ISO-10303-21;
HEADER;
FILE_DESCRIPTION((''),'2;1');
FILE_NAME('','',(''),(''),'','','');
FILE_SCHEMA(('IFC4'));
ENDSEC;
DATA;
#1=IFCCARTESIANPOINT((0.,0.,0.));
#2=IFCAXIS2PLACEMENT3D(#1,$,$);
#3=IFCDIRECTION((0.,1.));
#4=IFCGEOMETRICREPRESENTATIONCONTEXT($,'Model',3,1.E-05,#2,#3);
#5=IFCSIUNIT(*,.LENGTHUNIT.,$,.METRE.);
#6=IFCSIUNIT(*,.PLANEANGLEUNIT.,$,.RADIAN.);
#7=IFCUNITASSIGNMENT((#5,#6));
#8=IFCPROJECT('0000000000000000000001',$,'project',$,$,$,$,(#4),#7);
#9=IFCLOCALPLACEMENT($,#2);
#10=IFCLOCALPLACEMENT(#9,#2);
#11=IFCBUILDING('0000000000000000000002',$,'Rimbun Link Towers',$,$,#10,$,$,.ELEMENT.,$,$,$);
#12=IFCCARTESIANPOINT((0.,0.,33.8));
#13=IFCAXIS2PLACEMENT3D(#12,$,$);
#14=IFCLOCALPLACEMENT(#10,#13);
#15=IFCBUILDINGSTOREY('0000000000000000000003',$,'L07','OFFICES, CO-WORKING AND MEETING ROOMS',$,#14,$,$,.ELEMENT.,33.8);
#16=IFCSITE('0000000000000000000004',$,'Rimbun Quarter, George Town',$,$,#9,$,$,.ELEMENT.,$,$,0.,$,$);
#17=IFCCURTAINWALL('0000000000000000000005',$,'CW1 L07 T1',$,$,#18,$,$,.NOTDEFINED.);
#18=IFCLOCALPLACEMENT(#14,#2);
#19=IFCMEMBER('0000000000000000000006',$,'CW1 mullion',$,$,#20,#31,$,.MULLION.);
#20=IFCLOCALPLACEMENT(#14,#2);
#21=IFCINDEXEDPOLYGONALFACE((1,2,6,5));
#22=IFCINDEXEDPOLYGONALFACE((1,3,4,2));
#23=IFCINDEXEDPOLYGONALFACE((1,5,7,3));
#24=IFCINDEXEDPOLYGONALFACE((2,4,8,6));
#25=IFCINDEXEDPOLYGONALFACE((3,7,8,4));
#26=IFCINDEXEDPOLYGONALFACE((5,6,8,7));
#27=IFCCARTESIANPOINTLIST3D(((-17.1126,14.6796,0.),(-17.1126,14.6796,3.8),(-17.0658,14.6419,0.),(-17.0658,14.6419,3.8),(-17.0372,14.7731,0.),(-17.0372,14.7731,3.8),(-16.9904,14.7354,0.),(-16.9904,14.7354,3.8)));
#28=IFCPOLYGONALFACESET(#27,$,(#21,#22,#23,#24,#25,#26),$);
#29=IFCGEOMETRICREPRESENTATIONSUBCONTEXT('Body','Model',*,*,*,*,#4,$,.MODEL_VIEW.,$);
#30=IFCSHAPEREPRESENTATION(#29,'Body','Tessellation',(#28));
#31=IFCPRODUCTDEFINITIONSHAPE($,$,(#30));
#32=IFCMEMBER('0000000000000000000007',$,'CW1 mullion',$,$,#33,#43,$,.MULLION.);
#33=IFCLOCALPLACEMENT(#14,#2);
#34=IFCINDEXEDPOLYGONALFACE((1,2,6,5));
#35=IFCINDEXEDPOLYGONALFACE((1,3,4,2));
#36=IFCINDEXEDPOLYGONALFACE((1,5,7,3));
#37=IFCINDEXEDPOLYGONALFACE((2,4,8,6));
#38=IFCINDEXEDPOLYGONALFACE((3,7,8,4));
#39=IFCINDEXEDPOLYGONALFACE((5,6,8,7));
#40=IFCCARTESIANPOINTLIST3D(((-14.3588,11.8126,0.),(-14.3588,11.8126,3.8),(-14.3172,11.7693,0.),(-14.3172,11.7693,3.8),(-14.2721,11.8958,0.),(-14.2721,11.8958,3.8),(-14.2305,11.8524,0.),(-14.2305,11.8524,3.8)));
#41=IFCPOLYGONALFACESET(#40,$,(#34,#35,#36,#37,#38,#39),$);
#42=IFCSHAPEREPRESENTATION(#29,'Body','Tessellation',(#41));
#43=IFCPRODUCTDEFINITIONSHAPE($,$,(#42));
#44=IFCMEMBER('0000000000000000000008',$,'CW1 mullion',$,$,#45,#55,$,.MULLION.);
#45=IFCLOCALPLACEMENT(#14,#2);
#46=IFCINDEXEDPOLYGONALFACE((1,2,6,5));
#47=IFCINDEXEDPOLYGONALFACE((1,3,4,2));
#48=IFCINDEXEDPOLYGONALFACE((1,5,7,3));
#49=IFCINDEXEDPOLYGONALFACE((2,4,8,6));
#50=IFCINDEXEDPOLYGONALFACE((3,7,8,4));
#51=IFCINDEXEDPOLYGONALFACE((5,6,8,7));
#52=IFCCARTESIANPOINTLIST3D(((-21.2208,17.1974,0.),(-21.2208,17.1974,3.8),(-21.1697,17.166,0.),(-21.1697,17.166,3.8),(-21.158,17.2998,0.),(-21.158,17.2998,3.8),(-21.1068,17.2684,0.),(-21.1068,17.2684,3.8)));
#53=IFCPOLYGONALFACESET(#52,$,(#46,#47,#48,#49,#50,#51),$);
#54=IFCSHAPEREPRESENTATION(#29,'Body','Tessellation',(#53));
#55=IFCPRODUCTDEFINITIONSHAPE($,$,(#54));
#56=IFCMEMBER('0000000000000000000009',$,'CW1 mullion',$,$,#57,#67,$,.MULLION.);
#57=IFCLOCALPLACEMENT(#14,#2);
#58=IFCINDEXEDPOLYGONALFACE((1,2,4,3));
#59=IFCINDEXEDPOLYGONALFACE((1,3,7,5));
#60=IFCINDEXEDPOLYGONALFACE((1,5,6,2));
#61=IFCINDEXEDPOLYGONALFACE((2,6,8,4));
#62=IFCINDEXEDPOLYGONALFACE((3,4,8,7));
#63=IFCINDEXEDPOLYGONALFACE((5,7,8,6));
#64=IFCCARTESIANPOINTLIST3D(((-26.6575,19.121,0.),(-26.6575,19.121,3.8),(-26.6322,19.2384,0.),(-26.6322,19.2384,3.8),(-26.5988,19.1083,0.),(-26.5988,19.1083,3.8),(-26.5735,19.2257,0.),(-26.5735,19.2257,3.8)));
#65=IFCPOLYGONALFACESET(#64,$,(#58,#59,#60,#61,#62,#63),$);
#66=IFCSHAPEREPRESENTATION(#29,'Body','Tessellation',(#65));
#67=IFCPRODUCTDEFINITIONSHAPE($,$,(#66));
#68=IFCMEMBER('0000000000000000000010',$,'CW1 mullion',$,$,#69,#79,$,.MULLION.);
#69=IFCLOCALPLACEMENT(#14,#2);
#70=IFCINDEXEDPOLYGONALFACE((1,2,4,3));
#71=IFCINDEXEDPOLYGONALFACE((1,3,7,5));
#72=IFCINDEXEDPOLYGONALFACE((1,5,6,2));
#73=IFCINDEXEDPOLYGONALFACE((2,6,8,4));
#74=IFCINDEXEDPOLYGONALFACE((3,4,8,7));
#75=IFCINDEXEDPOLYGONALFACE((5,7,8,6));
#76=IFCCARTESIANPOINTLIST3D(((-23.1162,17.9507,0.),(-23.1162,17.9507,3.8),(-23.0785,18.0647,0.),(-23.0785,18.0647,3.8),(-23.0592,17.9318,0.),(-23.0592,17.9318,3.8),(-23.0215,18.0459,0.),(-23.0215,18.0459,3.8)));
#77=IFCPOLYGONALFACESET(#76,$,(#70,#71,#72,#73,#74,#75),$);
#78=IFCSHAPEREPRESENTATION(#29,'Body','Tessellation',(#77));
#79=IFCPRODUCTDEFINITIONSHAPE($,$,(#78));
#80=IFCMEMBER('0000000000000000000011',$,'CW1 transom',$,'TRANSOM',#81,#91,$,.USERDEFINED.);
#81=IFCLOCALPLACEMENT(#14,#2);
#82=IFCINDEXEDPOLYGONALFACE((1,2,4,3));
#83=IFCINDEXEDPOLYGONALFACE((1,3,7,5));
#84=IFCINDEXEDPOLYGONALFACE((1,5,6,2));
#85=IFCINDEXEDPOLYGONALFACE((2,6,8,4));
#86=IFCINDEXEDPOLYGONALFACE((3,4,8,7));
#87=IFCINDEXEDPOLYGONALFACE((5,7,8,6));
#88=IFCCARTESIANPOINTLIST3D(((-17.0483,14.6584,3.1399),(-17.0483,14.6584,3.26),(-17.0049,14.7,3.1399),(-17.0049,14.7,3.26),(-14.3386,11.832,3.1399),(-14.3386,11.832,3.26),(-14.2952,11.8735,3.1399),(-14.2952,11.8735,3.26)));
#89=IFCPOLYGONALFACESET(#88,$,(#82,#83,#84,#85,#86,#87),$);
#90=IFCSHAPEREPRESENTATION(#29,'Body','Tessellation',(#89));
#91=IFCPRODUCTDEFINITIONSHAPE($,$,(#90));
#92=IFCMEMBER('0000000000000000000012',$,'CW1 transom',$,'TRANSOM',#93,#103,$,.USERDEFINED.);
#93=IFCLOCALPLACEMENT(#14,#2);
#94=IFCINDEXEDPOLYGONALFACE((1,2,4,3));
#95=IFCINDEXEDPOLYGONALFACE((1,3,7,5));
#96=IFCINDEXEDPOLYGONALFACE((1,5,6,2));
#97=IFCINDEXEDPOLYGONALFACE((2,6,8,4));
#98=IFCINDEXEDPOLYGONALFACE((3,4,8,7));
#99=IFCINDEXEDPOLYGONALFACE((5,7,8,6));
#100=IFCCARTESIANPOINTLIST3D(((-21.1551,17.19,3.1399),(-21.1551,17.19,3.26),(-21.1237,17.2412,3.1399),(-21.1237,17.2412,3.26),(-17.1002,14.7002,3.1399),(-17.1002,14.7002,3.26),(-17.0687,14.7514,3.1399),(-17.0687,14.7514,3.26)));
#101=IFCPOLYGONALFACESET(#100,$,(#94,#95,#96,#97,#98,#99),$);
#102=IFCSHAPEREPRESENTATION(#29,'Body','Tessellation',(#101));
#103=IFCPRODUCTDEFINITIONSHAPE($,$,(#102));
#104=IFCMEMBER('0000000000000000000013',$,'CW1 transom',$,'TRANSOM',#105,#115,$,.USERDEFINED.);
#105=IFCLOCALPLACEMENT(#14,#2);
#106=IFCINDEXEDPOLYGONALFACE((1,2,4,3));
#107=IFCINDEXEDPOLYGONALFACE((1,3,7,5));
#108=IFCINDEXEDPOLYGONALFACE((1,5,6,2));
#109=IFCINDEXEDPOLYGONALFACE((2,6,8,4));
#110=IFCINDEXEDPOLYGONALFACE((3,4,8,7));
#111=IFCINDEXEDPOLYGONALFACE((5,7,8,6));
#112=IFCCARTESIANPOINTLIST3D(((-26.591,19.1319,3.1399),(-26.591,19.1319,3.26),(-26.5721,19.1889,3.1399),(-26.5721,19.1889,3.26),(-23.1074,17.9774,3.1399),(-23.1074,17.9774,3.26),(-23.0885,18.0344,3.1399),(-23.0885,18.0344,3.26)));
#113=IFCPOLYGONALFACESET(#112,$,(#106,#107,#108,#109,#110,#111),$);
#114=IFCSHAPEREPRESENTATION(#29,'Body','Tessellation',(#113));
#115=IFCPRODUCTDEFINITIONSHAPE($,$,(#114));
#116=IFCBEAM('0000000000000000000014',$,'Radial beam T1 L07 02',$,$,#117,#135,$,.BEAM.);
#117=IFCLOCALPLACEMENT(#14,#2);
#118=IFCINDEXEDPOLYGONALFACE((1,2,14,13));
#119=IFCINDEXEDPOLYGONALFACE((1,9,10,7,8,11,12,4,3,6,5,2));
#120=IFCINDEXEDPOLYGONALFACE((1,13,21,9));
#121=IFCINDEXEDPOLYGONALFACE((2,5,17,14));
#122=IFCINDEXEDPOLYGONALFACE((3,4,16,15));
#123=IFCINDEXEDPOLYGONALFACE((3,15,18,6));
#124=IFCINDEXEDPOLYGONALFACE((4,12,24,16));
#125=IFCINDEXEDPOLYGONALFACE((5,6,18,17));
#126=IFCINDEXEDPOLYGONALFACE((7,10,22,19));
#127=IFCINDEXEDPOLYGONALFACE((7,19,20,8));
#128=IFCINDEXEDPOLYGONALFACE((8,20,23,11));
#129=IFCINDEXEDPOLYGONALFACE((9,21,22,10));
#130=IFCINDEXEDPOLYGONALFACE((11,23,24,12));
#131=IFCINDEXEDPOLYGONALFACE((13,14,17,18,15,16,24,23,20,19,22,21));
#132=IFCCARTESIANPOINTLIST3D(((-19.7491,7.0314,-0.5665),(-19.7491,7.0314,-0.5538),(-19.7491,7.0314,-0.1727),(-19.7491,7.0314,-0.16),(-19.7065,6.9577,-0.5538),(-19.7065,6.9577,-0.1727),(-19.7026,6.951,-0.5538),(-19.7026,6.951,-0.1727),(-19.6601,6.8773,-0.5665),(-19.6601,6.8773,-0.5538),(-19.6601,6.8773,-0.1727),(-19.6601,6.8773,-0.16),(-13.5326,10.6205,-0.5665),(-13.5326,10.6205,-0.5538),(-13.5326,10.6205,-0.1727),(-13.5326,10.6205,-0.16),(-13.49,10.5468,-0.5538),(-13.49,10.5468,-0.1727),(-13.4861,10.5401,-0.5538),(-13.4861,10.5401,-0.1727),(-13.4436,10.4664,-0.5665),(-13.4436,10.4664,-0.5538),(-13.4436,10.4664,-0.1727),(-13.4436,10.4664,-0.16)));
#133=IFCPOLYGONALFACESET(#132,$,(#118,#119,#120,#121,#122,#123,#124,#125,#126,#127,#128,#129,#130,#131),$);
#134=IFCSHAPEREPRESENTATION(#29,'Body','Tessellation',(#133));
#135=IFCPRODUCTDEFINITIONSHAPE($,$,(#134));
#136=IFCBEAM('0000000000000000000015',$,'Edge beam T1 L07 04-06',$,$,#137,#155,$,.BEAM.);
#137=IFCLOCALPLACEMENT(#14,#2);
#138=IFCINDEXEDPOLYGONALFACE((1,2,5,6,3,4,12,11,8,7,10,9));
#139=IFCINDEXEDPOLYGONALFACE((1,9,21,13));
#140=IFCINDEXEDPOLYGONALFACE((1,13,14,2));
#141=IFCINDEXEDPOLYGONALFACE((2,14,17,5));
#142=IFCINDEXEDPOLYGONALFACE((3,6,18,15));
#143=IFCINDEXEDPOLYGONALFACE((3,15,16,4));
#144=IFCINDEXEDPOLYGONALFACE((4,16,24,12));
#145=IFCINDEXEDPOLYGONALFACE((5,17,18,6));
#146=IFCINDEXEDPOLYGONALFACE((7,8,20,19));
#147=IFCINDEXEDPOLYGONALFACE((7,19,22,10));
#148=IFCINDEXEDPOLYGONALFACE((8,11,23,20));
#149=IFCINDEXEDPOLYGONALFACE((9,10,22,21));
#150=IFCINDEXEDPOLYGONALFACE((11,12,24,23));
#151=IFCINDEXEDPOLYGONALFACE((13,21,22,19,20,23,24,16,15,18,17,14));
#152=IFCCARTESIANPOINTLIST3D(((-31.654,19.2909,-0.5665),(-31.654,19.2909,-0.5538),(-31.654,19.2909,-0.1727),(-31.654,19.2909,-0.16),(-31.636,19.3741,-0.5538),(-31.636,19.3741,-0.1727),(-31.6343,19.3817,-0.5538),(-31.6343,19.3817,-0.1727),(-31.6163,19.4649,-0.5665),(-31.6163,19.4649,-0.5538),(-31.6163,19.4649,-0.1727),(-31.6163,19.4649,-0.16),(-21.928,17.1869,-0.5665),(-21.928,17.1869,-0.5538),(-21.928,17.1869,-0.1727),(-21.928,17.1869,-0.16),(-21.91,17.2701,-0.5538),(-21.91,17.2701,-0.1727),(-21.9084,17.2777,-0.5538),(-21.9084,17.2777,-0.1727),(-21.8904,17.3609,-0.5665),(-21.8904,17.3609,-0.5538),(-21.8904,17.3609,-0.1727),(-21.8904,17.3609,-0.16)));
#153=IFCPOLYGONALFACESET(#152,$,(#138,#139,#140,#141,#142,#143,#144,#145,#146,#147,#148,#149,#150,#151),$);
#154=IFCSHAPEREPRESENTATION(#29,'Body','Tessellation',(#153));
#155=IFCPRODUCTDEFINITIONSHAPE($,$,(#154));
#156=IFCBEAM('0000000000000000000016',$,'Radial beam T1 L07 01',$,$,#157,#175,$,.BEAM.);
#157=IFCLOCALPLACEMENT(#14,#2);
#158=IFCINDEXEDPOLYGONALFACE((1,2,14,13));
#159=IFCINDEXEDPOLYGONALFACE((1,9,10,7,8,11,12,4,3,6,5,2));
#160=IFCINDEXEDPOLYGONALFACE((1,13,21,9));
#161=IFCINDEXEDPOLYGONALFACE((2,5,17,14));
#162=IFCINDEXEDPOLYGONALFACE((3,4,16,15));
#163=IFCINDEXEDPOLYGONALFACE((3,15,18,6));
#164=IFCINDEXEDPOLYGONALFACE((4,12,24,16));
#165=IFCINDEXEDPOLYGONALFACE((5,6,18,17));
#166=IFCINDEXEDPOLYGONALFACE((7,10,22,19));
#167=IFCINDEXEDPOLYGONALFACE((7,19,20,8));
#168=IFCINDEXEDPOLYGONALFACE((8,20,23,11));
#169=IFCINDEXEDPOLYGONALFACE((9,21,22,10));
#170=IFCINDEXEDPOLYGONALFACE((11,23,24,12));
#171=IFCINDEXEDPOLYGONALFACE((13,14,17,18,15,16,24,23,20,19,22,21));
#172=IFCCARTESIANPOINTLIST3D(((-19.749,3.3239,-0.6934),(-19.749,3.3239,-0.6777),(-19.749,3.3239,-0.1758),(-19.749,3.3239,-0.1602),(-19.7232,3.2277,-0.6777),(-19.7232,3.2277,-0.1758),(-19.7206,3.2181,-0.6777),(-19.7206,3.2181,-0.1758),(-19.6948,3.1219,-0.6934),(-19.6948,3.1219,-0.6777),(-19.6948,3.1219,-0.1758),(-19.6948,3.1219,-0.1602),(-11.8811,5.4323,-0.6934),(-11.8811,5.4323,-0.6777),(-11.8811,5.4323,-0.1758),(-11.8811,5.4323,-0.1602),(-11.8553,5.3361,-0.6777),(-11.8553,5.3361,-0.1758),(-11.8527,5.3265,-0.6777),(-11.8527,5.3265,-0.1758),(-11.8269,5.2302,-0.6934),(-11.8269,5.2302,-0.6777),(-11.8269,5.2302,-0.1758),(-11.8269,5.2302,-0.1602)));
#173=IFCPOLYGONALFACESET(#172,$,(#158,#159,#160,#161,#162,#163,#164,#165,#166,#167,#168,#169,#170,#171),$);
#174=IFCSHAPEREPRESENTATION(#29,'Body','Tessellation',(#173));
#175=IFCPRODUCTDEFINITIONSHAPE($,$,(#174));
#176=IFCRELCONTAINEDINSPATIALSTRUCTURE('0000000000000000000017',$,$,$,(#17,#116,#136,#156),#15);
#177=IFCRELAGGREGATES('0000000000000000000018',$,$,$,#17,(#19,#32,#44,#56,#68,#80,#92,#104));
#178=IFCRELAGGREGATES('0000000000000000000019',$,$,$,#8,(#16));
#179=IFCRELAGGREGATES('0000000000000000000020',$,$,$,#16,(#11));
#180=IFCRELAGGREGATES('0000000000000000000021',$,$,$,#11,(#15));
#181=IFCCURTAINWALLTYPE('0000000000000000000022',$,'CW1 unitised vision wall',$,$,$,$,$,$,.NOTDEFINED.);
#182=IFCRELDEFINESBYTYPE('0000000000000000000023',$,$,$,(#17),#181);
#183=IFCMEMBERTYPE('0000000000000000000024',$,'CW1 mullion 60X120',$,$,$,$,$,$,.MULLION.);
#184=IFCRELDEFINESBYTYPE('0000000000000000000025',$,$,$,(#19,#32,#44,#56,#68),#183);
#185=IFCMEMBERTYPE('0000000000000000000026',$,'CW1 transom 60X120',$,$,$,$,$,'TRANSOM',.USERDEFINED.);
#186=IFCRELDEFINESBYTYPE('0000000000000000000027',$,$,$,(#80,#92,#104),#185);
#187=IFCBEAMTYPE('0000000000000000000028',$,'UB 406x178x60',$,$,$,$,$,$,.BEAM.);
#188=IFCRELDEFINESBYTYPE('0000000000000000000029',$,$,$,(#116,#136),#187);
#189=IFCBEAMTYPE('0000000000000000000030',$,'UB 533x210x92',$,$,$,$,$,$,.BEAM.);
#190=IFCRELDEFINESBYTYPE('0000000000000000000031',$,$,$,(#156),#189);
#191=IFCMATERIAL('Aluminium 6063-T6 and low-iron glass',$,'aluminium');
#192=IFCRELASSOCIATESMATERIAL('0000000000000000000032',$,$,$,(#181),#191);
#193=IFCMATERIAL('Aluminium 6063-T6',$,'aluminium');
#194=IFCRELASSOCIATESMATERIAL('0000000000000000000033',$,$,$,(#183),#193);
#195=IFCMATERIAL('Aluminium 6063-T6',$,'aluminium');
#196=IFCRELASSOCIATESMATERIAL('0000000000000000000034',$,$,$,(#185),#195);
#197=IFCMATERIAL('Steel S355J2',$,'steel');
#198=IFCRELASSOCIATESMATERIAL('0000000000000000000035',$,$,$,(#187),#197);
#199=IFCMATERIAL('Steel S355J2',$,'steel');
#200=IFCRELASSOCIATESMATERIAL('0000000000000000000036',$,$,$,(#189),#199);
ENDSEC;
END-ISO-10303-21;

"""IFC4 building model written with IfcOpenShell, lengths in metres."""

from ifc_helpers import new_model, si_unit, direction, frame, origin, origin_2d, place, context, subcontext, project, spatial, rectangle, i_section, extrude, material, material_profile, profile_set, type_object, element, aggregate, save


model = new_model("IFC4")

# Units and contexts
model_context = context("Model", 3, precision=1e-05, world=origin(), true_north=direction((0.0, 1.0)))
body_context = subcontext(model_context, "Body", "Model", "MODEL_VIEW")
ifc_project = project(units=[si_unit("LENGTHUNIT", "METRE"), si_unit("PLANEANGLEUNIT", "RADIAN")], contexts=[model_context])

# Site, building, storey
site_placement = place(None, origin())
site = spatial("IfcSite", under=ifc_project, at=site_placement, Name="Rimbun Quarter, George Town", CompositionType="ELEMENT", RefElevation=0.0)
building_placement = place(site_placement, origin())
building = spatial("IfcBuilding", under=site, at=building_placement, Name="Rimbun Link Towers", CompositionType="ELEMENT")
storey_placement = place(building_placement, frame((0.0, 0.0, 33.8)))
storey = spatial("IfcBuildingStorey", under=building, at=storey_placement, Name="L07", Description="OFFICES, CO-WORKING AND MEETING ROOMS", CompositionType="ELEMENT", Elevation=33.8)

# Curtain wall, members
ifc_material_1 = material(Name="Aluminium 6063-T6 and low-iron glass", Category="aluminium")
curtain_wall_type = type_object("IfcCurtainWallType", Name="CW1 unitised vision wall", PredefinedType="NOTDEFINED", material=ifc_material_1)
curtain_wall_placement = place(storey_placement, origin())
curtain_wall = element("IfcCurtainWall", 1, at=curtain_wall_placement, inside=storey, type_object=curtain_wall_type, Name="CW1 L07 T1", PredefinedType="NOTDEFINED")
ifc_material_2 = material(Name="Aluminium 6063-T6", Category="aluminium")
ifc_material_profile_1 = material_profile(ifc_material_2, rectangle(XDim=0.1201, YDim=0.0601, at=origin_2d()), Name="MULLION 60X120")
ifc_profile_set_1 = profile_set([ifc_material_profile_1], Name="Aluminium 6063-T6")
member_type_1 = type_object("IfcMemberType", Name="CW1 mullion 60X120", PredefinedType="MULLION", material=ifc_profile_set_1)
member_1_placement = place(storey_placement, frame((-17.0515, 14.7075, 0.0), z_axis=(0.0, 0.0, 1.0), x_axis=(0.627666, 0.778483, 0.0)))
member_1 = element("IfcMember", 2, at=member_1_placement, type_object=member_type_1, Name="CW1 mullion", PredefinedType="MULLION", context=body_context, shape_type="SweptSolid", body=[
    extrude(rectangle(XDim=0.1201, YDim=0.0601, at=origin_2d()), origin(), (0.0, 0.0, 1.0), 3.8),
])
member_2_placement = place(storey_placement, frame((-14.2947, 11.8325, 0.0), z_axis=(0.0, 0.0, 1.0), x_axis=(0.721844, 0.692056, 0.0)))
member_2 = element("IfcMember", 3, at=member_2_placement, type_object=member_type_1, Name="CW1 mullion", PredefinedType="MULLION", context=body_context, shape_type="SweptSolid", body=[
    extrude(rectangle(XDim=0.1201, YDim=0.0601, at=origin_2d()), origin(), (0.0, 0.0, 1.0), 3.8),
])
member_3_placement = place(storey_placement, frame((-21.1638, 17.2329, 0.0), z_axis=(0.0, 0.0, 1.0), x_axis=(0.523232, 0.85219, 0.0)))
member_3 = element("IfcMember", 4, at=member_3_placement, type_object=member_type_1, Name="CW1 mullion", PredefinedType="MULLION", context=body_context, shape_type="SweptSolid", body=[
    extrude(rectangle(XDim=0.1201, YDim=0.0601, at=origin_2d()), origin(), (0.0, 0.0, 1.0), 3.8),
])
member_4_placement = place(storey_placement, frame((-26.6155, 19.1733, 0.0), z_axis=(0.0, 0.0, 1.0), x_axis=(0.210877, 0.977513, 0.0)))
member_4 = element("IfcMember", 5, at=member_4_placement, type_object=member_type_1, Name="CW1 mullion", PredefinedType="MULLION", context=body_context, shape_type="SweptSolid", body=[
    extrude(rectangle(XDim=0.1201, YDim=0.0601, at=origin_2d()), origin(), (0.0, 0.0, 1.0), 3.8),
])
member_5_placement = place(storey_placement, frame((-23.0688, 17.9983, 0.0), z_axis=(0.0, 0.0, 1.0), x_axis=(0.314564, 0.949236, 0.0)))
member_5 = element("IfcMember", 6, at=member_5_placement, type_object=member_type_1, Name="CW1 mullion", PredefinedType="MULLION", context=body_context, shape_type="SweptSolid", body=[
    extrude(rectangle(XDim=0.1201, YDim=0.0601, at=origin_2d()), origin(), (0.0, 0.0, 1.0), 3.8),
])
ifc_material_3 = material(Name="Aluminium 6063-T6", Category="aluminium")
ifc_material_profile_2 = material_profile(ifc_material_3, rectangle(XDim=0.0601, YDim=0.1201, at=origin_2d()), Name="TRANSOM 60X120")
ifc_profile_set_2 = profile_set([ifc_material_profile_2], Name="Aluminium 6063-T6")
member_type_2 = type_object("IfcMemberType", Name="CW1 transom 60X120", ElementType="TRANSOM", PredefinedType="USERDEFINED", material=ifc_profile_set_2)
member_6_placement = place(storey_placement, frame((-17.0266, 14.6792, 3.2), z_axis=(0.692048, -0.721852, 0.0), x_axis=(0.721852, 0.692048, 0.0)))
member_6 = element("IfcMember", 7, at=member_6_placement, type_object=member_type_2, Name="CW1 transom", ObjectType="TRANSOM", PredefinedType="USERDEFINED", context=body_context, shape_type="SweptSolid", body=[
    extrude(rectangle(XDim=0.0601, YDim=0.1201, at=origin_2d()), origin(), (0.0, 0.0, 1.0), 3.9155),
])
member_7_placement = place(storey_placement, frame((-21.1394, 17.2156, 3.2), z_axis=(0.852183, -0.523244, 0.0), x_axis=(0.523244, 0.852183, 0.0)))
member_7 = element("IfcMember", 8, at=member_7_placement, type_object=member_type_2, Name="CW1 transom", ObjectType="TRANSOM", PredefinedType="USERDEFINED", context=body_context, shape_type="SweptSolid", body=[
    extrude(rectangle(XDim=0.0601, YDim=0.1201, at=origin_2d()), origin(), (0.0, 0.0, 1.0), 4.7583),
])
member_8_placement = place(storey_placement, frame((-26.5815, 19.1604, 3.2), z_axis=(0.949227, -0.314591, 0.0), x_axis=(0.314591, 0.949227, 0.0)))
member_8 = element("IfcMember", 9, at=member_8_placement, type_object=member_type_2, Name="CW1 transom", ObjectType="TRANSOM", PredefinedType="USERDEFINED", context=body_context, shape_type="SweptSolid", body=[
    extrude(rectangle(XDim=0.0601, YDim=0.1201, at=origin_2d()), origin(), (0.0, 0.0, 1.0), 3.6699),
])

# Beams
ifc_material_4 = material(Name="Steel S355J2", Category="steel")
ifc_material_profile_3 = material_profile(ifc_material_4, i_section(OverallWidth=0.178, OverallDepth=0.4065, WebThickness=0.0078, FlangeThickness=0.0127, at=origin_2d()), Name="UB 406x178x60")
ifc_profile_set_3 = profile_set([ifc_material_profile_3], Name="Steel S355J2")
beam_type_1 = type_object("IfcBeamType", Name="UB 406x178x60", PredefinedType="BEAM", material=ifc_profile_set_3)
beam_1_placement = place(storey_placement, frame((-19.7046, 6.9543, -0.3633), z_axis=(0.866026, 0.499998, 0.0), x_axis=(-0.499998, 0.866026, 0.0)))
element("IfcBeam", 10, at=beam_1_placement, inside=storey, type_object=beam_type_1, Name="Radial beam T1 L07 02", PredefinedType="BEAM", context=body_context, shape_type="SweptSolid", body=[
    extrude(i_section(OverallWidth=0.178, OverallDepth=0.4065, WebThickness=0.0078, FlangeThickness=0.0127, at=origin_2d()), origin(), (0.0, 0.0, 1.0), 7.1782),
])
beam_2_placement = place(storey_placement, frame((-21.9092, 17.2739, -0.3633), z_axis=(-0.977392, 0.211435, 0.0), x_axis=(-0.211435, -0.977392, 0.0)))
element("IfcBeam", 11, at=beam_2_placement, inside=storey, type_object=beam_type_1, Name="Edge beam T1 L07 04-06", PredefinedType="BEAM", context=body_context, shape_type="SweptSolid", body=[
    extrude(i_section(OverallWidth=0.178, OverallDepth=0.4065, WebThickness=0.0078, FlangeThickness=0.0127, at=origin_2d()), origin(), (0.0, 0.0, 1.0), 9.9509),
])
ifc_material_5 = material(Name="Steel S355J2", Category="steel")
ifc_material_profile_4 = material_profile(ifc_material_5, i_section(OverallWidth=0.2092, OverallDepth=0.5332, WebThickness=0.01, FlangeThickness=0.0156, at=origin_2d()), Name="UB 533x210x92")
ifc_profile_set_4 = profile_set([ifc_material_profile_4], Name="Steel S355J2")
beam_type_2 = type_object("IfcBeamType", Name="UB 533x210x92", PredefinedType="BEAM", material=ifc_profile_set_4)
beam_3_placement = place(storey_placement, frame((-19.7219, 3.2229, -0.4268), z_axis=(0.96592, 0.258841, 0.0), x_axis=(-0.258841, 0.96592, 0.0)))
element("IfcBeam", 12, at=beam_3_placement, inside=storey, type_object=beam_type_2, Name="Radial beam T1 L07 01", PredefinedType="BEAM", context=body_context, shape_type="SweptSolid", body=[
    extrude(i_section(OverallWidth=0.2092, OverallDepth=0.5332, WebThickness=0.01, FlangeThickness=0.0156, at=origin_2d()), origin(), (0.0, 0.0, 1.0), 8.1455),
])

aggregate(curtain_wall, [member_1, member_2, member_3, member_4, member_5, member_6, member_7, member_8])

save(model, "model.ifc")
